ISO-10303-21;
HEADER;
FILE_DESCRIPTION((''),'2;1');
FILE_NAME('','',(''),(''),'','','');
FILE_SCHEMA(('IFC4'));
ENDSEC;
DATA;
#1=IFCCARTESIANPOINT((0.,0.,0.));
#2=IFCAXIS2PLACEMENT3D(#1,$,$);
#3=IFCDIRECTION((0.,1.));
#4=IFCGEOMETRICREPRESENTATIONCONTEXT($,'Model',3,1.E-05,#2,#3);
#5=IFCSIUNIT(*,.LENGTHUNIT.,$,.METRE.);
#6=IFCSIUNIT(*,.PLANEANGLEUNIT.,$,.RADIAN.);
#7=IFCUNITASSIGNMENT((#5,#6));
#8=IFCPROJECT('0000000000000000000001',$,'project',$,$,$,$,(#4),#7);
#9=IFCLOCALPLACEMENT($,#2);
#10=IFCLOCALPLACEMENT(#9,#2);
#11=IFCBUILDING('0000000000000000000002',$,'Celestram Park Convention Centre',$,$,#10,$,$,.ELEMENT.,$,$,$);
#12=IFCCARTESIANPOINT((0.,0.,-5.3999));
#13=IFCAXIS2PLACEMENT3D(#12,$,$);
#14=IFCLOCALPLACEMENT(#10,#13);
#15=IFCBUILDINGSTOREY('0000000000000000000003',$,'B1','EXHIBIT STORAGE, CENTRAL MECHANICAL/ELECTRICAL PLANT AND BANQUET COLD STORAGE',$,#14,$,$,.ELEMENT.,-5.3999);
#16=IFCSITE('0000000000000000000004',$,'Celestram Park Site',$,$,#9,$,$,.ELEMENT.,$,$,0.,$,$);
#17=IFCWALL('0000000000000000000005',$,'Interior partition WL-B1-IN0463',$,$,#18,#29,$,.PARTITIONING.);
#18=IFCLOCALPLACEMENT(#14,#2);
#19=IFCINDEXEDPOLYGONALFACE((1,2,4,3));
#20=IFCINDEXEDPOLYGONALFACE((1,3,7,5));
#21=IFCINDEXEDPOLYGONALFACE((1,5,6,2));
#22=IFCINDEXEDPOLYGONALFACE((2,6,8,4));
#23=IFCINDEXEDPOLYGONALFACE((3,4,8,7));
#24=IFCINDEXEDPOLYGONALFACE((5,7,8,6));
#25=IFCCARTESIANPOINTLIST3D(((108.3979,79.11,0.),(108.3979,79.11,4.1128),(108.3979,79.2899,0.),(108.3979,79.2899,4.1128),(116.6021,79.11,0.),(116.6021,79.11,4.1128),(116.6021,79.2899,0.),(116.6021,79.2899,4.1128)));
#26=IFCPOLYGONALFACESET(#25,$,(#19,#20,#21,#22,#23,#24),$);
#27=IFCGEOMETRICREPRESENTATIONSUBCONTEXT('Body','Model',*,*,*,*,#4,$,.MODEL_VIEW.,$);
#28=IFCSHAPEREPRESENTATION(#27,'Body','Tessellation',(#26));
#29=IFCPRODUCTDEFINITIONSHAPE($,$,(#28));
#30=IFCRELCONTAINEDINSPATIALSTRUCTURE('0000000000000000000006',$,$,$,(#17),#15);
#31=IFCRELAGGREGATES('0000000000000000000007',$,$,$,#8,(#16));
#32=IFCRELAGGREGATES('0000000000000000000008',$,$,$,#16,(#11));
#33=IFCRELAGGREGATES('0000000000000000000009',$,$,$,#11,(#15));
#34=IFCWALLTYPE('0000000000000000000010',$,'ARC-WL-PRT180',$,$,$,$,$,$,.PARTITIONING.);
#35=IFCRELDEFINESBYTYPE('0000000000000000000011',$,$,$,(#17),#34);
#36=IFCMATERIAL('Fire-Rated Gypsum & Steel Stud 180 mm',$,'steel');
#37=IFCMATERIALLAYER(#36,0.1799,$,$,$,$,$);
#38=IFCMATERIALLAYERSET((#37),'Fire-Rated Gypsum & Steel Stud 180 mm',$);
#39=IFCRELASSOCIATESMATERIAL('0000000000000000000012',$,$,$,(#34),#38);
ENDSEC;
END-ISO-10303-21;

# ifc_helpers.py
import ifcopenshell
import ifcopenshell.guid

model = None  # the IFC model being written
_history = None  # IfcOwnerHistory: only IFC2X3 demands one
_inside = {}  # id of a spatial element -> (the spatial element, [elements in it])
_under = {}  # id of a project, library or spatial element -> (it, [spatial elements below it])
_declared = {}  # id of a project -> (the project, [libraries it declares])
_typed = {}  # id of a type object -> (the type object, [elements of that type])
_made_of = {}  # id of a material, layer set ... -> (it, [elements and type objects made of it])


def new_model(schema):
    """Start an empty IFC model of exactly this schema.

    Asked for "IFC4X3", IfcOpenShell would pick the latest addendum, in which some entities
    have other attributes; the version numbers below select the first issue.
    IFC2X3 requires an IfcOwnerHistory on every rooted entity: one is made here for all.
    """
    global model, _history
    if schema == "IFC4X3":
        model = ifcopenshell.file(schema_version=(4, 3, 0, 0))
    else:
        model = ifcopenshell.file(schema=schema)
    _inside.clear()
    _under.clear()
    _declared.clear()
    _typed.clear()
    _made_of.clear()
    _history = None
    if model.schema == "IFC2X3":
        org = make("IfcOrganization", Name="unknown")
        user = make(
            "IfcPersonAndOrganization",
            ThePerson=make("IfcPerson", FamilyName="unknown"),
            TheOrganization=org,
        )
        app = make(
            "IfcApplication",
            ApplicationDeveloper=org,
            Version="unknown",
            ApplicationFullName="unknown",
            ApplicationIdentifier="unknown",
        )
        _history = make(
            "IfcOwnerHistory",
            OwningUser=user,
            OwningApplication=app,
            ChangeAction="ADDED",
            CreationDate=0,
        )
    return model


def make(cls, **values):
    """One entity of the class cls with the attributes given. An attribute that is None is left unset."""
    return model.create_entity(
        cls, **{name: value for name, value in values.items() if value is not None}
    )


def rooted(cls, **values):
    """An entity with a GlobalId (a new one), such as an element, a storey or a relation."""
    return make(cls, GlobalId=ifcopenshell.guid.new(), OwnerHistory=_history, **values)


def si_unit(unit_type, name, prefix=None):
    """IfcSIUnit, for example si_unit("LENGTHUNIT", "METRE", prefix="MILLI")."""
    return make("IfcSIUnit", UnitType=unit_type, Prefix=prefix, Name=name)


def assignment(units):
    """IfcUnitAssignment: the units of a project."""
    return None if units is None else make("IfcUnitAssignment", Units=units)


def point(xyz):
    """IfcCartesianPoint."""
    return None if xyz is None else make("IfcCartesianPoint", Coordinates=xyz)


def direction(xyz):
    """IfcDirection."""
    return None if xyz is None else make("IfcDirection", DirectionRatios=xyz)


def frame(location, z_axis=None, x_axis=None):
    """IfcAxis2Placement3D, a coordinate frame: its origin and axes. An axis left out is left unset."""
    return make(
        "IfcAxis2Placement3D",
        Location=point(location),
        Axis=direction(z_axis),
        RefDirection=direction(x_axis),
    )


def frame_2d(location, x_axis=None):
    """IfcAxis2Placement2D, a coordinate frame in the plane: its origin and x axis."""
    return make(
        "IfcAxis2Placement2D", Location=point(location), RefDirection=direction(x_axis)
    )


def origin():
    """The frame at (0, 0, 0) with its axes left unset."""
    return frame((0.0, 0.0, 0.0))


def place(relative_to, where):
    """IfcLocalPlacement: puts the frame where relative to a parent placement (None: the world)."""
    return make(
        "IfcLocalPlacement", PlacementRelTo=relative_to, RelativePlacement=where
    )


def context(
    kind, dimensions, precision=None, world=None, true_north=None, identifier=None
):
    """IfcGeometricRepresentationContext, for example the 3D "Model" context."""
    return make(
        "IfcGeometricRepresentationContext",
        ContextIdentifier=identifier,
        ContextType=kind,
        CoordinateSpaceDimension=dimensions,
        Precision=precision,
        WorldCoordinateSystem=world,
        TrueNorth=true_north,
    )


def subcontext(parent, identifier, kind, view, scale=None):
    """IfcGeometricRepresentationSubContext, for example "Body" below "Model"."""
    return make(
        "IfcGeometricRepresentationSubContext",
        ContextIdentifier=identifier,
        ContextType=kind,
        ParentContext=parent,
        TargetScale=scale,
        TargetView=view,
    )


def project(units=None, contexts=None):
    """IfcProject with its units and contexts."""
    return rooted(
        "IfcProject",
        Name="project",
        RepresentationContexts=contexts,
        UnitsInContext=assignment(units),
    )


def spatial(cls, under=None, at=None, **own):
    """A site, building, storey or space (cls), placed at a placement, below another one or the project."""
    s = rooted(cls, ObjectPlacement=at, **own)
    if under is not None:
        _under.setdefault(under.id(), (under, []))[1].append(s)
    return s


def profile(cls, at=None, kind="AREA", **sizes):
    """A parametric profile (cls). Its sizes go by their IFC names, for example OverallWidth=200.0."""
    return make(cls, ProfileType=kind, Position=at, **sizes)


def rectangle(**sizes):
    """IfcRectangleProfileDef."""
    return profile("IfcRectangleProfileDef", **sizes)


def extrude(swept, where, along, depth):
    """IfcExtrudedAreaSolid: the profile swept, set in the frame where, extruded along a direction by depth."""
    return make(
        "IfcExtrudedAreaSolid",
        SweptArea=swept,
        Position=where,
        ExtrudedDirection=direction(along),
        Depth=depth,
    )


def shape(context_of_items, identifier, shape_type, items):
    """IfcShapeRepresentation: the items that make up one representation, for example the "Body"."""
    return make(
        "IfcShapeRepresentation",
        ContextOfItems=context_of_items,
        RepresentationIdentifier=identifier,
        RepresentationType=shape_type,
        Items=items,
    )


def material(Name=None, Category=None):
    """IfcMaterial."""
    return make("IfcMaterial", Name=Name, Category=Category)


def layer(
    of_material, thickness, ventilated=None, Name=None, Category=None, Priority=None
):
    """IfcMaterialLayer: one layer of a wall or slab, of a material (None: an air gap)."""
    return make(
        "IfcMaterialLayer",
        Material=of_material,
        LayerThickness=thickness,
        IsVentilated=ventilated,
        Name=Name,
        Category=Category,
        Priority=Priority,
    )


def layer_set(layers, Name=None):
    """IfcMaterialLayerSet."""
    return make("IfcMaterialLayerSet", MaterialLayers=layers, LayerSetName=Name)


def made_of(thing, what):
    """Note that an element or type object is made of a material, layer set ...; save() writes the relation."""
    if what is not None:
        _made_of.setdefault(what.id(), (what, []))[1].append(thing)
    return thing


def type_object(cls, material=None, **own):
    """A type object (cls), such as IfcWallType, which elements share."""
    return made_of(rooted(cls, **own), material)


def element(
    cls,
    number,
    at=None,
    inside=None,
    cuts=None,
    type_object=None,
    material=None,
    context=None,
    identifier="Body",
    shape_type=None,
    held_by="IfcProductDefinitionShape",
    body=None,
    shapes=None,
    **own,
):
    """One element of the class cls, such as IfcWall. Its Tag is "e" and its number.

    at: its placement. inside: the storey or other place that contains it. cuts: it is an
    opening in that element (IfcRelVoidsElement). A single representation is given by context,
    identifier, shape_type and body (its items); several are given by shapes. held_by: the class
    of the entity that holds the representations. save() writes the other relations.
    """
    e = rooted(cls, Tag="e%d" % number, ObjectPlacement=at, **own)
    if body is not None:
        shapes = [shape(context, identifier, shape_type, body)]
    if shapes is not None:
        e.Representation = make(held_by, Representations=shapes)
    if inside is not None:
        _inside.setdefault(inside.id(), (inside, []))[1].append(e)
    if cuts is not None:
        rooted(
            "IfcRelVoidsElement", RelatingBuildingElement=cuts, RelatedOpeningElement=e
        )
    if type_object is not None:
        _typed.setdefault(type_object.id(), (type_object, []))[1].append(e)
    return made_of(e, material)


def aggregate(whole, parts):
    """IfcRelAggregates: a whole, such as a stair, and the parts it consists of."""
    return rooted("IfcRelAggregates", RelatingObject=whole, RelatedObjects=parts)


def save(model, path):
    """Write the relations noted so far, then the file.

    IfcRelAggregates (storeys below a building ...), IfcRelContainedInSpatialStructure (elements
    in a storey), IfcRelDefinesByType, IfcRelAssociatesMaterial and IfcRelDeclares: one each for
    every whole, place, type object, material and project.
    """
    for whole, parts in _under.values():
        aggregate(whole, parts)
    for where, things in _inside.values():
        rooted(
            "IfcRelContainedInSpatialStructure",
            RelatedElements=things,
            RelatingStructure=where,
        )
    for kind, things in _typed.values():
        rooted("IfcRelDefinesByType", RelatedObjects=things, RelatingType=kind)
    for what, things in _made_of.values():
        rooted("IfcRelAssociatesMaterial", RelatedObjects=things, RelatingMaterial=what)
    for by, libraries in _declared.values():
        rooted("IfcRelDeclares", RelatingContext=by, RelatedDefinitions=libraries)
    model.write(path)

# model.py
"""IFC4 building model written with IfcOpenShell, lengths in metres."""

from ifc_helpers import new_model, si_unit, direction, frame, frame_2d, origin, place, context, subcontext, project, spatial, rectangle, extrude, material, layer, layer_set, type_object, element, save


model = new_model("IFC4")

# Units and contexts
model_context = context("Model", 3, precision=1e-05, world=origin(), true_north=direction((0.0, 1.0)))
body_context = subcontext(model_context, "Body", "Model", "MODEL_VIEW")
ifc_project = project(units=[si_unit("LENGTHUNIT", "METRE"), si_unit("PLANEANGLEUNIT", "RADIAN")], contexts=[model_context])

# Site, building, storey
site_placement = place(None, origin())
site = spatial("IfcSite", under=ifc_project, at=site_placement, Name="Celestram Park Site", CompositionType="ELEMENT", RefElevation=0.0)
building_placement = place(site_placement, origin())
building = spatial("IfcBuilding", under=site, at=building_placement, Name="Celestram Park Convention Centre", CompositionType="ELEMENT")
storey_placement = place(building_placement, frame((0.0, 0.0, -5.3999)))
storey = spatial("IfcBuildingStorey", under=building, at=storey_placement, Name="B1", Description="EXHIBIT STORAGE, CENTRAL MECHANICAL/ELECTRICAL PLANT AND BANQUET COLD STORAGE", CompositionType="ELEMENT", Elevation=-5.3999)

# Wall
ifc_material_1 = material(Name="Fire-Rated Gypsum & Steel Stud 180 mm", Category="steel")
ifc_layer = layer(ifc_material_1, 0.1799)
ifc_layer_set = layer_set([ifc_layer], Name="Fire-Rated Gypsum & Steel Stud 180 mm")
wall_type = type_object("IfcWallType", Name="ARC-WL-PRT180", PredefinedType="PARTITIONING", material=ifc_layer_set)
for number, where, z_axis, x_axis, name in (
    (1, (108.3979, 79.2, 0.0), (0.0, 0.0, 1.0), (1.0, 0.0, 0.0), "Interior partition WL-B1-IN0463"),
):
    element("IfcWall", number, at=place(storey_placement, frame(where, z_axis=z_axis, x_axis=x_axis)), inside=storey, type_object=wall_type, Name=name, PredefinedType="PARTITIONING", context=body_context, shape_type="SweptSolid", body=[
        extrude(rectangle(XDim=8.2041, YDim=0.1799, at=frame_2d((4.1021, 0.0))), origin(), (0.0, 0.0, 1.0), 4.1128),
    ])

save(model, "model.ifc")
